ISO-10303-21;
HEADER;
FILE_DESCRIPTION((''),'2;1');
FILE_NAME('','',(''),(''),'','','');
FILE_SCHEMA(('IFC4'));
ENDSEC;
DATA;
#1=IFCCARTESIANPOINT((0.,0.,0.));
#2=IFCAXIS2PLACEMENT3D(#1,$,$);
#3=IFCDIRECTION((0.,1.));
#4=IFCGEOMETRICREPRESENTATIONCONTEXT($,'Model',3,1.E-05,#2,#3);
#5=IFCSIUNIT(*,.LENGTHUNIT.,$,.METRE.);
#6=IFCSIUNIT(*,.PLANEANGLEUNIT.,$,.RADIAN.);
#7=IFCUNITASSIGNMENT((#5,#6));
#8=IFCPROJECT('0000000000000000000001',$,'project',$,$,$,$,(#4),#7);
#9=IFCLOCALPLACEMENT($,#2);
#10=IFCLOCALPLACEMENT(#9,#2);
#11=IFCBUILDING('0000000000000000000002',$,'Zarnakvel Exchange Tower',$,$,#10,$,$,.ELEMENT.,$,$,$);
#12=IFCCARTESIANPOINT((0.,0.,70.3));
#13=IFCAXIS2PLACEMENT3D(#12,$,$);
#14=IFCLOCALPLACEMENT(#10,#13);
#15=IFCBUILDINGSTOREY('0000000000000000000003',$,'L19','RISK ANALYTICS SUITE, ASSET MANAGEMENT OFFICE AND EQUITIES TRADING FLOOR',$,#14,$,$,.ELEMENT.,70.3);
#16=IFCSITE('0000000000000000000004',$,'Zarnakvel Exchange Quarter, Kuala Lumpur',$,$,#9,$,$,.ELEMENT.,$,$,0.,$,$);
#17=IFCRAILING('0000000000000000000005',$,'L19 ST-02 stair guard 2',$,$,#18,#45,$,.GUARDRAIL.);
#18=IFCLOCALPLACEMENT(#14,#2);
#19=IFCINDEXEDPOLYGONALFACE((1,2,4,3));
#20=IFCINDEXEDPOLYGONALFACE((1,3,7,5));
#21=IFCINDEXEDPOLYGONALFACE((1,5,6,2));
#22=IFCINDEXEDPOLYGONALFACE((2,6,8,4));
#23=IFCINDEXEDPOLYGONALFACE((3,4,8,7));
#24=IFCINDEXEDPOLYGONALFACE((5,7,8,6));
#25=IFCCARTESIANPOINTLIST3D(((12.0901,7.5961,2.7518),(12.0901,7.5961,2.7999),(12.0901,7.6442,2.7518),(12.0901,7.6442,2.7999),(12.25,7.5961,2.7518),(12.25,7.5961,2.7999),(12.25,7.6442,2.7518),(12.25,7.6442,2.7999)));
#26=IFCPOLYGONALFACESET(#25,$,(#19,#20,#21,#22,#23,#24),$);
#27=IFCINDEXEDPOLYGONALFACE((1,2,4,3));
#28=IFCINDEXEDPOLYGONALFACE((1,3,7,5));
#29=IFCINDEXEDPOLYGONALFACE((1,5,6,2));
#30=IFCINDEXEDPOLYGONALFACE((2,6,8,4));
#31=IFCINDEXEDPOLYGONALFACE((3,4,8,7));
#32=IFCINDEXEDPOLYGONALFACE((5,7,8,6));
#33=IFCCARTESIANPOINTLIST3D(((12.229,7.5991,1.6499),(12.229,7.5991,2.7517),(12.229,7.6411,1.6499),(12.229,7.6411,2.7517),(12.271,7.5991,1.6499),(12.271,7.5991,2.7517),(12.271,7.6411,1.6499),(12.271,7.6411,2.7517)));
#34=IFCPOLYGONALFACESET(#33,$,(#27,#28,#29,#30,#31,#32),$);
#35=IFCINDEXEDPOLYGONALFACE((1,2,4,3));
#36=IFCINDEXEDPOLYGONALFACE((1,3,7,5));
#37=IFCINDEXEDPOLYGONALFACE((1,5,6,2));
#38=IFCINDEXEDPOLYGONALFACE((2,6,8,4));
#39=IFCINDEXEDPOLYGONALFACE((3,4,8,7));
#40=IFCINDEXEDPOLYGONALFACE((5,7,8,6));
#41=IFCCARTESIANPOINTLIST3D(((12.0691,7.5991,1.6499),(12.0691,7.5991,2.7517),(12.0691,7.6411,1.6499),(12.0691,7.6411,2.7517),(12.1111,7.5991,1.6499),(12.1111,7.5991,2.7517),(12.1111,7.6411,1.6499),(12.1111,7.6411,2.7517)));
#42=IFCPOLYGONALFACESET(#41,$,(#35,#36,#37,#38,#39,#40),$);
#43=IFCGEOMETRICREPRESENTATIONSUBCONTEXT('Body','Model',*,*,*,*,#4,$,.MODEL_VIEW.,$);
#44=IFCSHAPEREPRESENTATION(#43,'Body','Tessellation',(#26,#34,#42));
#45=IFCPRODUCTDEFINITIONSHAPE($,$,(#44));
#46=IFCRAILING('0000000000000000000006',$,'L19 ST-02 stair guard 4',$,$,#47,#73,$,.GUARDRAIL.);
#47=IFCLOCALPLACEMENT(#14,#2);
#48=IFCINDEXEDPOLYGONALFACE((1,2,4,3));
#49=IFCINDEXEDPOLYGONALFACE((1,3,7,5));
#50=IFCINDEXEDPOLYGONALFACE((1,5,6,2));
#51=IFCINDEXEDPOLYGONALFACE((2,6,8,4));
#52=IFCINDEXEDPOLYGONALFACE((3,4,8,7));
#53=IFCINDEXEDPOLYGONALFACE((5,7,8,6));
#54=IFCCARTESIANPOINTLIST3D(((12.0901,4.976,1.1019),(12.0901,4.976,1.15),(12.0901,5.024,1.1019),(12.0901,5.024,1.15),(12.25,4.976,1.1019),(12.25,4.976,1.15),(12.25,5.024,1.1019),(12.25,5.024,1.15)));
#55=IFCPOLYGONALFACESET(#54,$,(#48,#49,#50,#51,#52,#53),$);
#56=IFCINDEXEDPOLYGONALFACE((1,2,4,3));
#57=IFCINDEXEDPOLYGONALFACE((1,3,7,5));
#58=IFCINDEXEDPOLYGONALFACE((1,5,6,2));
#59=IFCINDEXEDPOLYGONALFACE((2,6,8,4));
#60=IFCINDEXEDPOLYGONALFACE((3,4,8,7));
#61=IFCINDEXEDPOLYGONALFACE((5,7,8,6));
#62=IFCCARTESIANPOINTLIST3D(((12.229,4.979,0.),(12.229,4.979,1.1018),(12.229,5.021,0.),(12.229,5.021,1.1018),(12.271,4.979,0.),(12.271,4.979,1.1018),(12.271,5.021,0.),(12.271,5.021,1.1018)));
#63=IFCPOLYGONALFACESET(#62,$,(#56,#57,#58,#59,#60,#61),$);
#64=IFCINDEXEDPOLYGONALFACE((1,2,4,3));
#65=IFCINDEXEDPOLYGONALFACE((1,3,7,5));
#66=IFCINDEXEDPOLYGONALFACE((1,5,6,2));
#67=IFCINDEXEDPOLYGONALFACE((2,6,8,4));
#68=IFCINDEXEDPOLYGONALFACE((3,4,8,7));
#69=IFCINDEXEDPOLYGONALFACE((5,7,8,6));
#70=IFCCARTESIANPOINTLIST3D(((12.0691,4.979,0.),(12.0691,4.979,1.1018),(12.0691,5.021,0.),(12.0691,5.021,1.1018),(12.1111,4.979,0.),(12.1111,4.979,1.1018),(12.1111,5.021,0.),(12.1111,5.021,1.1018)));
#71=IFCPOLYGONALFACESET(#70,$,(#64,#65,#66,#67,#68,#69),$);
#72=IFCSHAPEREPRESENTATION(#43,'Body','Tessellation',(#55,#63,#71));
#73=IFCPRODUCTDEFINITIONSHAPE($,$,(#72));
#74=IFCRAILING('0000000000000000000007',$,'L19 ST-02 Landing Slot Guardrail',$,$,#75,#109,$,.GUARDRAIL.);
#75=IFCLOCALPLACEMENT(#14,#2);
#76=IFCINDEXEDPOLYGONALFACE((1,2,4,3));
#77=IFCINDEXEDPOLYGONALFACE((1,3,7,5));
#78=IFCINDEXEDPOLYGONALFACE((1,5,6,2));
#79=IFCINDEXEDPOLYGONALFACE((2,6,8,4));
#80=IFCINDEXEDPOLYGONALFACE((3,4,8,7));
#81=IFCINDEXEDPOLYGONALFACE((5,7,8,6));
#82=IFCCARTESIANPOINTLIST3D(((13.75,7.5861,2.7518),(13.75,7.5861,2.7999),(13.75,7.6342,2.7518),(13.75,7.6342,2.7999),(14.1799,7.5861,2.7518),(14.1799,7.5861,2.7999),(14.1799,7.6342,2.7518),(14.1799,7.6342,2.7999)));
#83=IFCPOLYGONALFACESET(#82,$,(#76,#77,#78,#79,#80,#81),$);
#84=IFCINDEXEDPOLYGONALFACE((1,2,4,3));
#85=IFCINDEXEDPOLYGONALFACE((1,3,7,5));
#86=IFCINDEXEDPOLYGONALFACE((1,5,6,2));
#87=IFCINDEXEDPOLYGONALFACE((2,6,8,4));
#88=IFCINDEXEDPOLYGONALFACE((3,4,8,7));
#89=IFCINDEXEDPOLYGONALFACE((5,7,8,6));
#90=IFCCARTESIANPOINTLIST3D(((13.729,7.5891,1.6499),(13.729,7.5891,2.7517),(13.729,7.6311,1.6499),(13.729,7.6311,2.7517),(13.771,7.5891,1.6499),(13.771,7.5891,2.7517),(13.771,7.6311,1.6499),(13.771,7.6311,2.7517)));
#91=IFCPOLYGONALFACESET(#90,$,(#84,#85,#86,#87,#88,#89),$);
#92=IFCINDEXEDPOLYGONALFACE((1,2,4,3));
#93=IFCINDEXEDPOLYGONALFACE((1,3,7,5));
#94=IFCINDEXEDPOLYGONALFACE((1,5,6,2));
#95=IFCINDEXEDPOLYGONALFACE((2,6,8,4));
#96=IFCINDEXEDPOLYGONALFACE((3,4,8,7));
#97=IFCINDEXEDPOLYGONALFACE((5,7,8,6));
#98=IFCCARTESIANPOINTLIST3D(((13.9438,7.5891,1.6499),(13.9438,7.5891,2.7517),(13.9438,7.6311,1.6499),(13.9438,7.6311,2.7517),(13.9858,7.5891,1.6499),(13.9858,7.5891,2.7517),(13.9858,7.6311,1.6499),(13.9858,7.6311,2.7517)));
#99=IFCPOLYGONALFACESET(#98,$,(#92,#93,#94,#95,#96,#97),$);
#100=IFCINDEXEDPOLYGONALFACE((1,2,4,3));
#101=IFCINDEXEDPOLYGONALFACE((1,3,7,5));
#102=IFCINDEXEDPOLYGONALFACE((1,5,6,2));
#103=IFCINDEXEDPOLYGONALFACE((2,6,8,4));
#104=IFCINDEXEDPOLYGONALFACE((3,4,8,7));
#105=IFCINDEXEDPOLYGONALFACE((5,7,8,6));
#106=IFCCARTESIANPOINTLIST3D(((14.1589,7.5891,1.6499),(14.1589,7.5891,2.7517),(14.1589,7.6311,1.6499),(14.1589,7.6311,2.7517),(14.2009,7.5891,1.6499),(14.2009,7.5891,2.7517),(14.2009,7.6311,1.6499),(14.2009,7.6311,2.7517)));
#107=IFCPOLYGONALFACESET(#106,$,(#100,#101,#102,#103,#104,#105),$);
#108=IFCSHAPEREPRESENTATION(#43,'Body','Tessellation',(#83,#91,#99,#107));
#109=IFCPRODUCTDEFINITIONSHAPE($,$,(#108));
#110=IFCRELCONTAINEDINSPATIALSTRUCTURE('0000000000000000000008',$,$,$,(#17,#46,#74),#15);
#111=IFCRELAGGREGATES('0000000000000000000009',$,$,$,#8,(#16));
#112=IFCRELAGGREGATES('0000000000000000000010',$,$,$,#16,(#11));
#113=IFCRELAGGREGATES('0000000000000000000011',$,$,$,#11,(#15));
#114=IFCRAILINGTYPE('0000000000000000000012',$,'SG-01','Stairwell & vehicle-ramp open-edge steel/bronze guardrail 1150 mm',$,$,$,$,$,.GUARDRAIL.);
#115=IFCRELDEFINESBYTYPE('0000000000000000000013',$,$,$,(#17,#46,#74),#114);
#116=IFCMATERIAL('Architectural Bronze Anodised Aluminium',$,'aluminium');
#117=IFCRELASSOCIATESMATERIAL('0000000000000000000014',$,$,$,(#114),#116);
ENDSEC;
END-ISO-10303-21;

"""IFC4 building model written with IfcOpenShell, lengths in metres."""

from ifc_helpers import new_model, si_unit, direction, frame, origin, origin_2d, place, context, subcontext, project, spatial, rectangle, extrude, material, type_object, element, save


model = new_model("IFC4")

# Units and contexts
model_context = context("Model", 3, precision=1e-05, world=origin(), true_north=direction((0.0, 1.0)))
body_context = subcontext(model_context, "Body", "Model", "MODEL_VIEW")
ifc_project = project(units=[si_unit("LENGTHUNIT", "METRE"), si_unit("PLANEANGLEUNIT", "RADIAN")], contexts=[model_context])

# Site, building, storey
site_placement = place(None, origin())
site = spatial("IfcSite", under=ifc_project, at=site_placement, Name="Zarnakvel Exchange Quarter, Kuala Lumpur", CompositionType="ELEMENT", RefElevation=0.0)
building_placement = place(site_placement, origin())
building = spatial("IfcBuilding", under=site, at=building_placement, Name="Zarnakvel Exchange Tower", CompositionType="ELEMENT")
storey_placement = place(building_placement, frame((0.0, 0.0, 70.3)))
storey = spatial("IfcBuildingStorey", under=building, at=storey_placement, Name="L19", Description="RISK ANALYTICS SUITE, ASSET MANAGEMENT OFFICE AND EQUITIES TRADING FLOOR", CompositionType="ELEMENT", Elevation=70.3)

# Shared definitions
ifc_material_1 = material(Name="Architectural Bronze Anodised Aluminium", Category="aluminium")

# Railings
railing_type_1 = type_object("IfcRailingType", Name="SG-01", Description="Stairwell & vehicle-ramp open-edge steel/bronze guardrail 1150 mm", PredefinedType="GUARDRAIL", material=ifc_material_1)
for number, where, name in (
    (1, (12.25, 7.6201, 1.6499), "L19 ST-02 stair guard 2"),
    (2, (12.25, 5.0, 0.0), "L19 ST-02 stair guard 4"),
):
    element("IfcRailing", number, at=place(storey_placement, frame(where)), inside=storey, type_object=railing_type_1, Name=name, PredefinedType="GUARDRAIL", context=body_context, shape_type="SweptSolid", body=[
        extrude(rectangle(XDim=0.0481, YDim=0.0481, at=origin_2d()), frame((0.0, 0.0, 1.126), z_axis=(-1.0, 0.0, 0.0), x_axis=(0.0, -1.0, 0.0)), (0.0, 0.0, 1.0), 0.1599),
        extrude(rectangle(XDim=0.042, YDim=0.042, at=origin_2d()), origin(), (0.0, 0.0, 1.0), 1.1018),
        extrude(rectangle(XDim=0.042, YDim=0.042, at=origin_2d()), frame((-0.1599, 0.0, 0.0)), (0.0, 0.0, 1.0), 1.1018),
    ])
railing_1_placement = place(storey_placement, frame((13.75, 7.6101, 1.6499)))
element("IfcRailing", 3, at=railing_1_placement, inside=storey, type_object=railing_type_1, Name="L19 ST-02 Landing Slot Guardrail", PredefinedType="GUARDRAIL", context=body_context, shape_type="SweptSolid", body=[
    extrude(rectangle(XDim=0.0481, YDim=0.0481, at=origin_2d()), frame((0.0, 0.0, 1.126), z_axis=(1.0, 0.0, 0.0), x_axis=(0.0, 1.0, 0.0)), (0.0, 0.0, 1.0), 0.4299),
    extrude(rectangle(XDim=0.042, YDim=0.042, at=origin_2d()), origin(), (0.0, 0.0, 1.0), 1.1018),
    extrude(rectangle(XDim=0.042, YDim=0.042, at=origin_2d()), frame((0.2148, 0.0, 0.0)), (0.0, 0.0, 1.0), 1.1018),
    extrude(rectangle(XDim=0.042, YDim=0.042, at=origin_2d()), frame((0.4299, 0.0, 0.0)), (0.0, 0.0, 1.0), 1.1018),
])

save(model, "model.ifc")
